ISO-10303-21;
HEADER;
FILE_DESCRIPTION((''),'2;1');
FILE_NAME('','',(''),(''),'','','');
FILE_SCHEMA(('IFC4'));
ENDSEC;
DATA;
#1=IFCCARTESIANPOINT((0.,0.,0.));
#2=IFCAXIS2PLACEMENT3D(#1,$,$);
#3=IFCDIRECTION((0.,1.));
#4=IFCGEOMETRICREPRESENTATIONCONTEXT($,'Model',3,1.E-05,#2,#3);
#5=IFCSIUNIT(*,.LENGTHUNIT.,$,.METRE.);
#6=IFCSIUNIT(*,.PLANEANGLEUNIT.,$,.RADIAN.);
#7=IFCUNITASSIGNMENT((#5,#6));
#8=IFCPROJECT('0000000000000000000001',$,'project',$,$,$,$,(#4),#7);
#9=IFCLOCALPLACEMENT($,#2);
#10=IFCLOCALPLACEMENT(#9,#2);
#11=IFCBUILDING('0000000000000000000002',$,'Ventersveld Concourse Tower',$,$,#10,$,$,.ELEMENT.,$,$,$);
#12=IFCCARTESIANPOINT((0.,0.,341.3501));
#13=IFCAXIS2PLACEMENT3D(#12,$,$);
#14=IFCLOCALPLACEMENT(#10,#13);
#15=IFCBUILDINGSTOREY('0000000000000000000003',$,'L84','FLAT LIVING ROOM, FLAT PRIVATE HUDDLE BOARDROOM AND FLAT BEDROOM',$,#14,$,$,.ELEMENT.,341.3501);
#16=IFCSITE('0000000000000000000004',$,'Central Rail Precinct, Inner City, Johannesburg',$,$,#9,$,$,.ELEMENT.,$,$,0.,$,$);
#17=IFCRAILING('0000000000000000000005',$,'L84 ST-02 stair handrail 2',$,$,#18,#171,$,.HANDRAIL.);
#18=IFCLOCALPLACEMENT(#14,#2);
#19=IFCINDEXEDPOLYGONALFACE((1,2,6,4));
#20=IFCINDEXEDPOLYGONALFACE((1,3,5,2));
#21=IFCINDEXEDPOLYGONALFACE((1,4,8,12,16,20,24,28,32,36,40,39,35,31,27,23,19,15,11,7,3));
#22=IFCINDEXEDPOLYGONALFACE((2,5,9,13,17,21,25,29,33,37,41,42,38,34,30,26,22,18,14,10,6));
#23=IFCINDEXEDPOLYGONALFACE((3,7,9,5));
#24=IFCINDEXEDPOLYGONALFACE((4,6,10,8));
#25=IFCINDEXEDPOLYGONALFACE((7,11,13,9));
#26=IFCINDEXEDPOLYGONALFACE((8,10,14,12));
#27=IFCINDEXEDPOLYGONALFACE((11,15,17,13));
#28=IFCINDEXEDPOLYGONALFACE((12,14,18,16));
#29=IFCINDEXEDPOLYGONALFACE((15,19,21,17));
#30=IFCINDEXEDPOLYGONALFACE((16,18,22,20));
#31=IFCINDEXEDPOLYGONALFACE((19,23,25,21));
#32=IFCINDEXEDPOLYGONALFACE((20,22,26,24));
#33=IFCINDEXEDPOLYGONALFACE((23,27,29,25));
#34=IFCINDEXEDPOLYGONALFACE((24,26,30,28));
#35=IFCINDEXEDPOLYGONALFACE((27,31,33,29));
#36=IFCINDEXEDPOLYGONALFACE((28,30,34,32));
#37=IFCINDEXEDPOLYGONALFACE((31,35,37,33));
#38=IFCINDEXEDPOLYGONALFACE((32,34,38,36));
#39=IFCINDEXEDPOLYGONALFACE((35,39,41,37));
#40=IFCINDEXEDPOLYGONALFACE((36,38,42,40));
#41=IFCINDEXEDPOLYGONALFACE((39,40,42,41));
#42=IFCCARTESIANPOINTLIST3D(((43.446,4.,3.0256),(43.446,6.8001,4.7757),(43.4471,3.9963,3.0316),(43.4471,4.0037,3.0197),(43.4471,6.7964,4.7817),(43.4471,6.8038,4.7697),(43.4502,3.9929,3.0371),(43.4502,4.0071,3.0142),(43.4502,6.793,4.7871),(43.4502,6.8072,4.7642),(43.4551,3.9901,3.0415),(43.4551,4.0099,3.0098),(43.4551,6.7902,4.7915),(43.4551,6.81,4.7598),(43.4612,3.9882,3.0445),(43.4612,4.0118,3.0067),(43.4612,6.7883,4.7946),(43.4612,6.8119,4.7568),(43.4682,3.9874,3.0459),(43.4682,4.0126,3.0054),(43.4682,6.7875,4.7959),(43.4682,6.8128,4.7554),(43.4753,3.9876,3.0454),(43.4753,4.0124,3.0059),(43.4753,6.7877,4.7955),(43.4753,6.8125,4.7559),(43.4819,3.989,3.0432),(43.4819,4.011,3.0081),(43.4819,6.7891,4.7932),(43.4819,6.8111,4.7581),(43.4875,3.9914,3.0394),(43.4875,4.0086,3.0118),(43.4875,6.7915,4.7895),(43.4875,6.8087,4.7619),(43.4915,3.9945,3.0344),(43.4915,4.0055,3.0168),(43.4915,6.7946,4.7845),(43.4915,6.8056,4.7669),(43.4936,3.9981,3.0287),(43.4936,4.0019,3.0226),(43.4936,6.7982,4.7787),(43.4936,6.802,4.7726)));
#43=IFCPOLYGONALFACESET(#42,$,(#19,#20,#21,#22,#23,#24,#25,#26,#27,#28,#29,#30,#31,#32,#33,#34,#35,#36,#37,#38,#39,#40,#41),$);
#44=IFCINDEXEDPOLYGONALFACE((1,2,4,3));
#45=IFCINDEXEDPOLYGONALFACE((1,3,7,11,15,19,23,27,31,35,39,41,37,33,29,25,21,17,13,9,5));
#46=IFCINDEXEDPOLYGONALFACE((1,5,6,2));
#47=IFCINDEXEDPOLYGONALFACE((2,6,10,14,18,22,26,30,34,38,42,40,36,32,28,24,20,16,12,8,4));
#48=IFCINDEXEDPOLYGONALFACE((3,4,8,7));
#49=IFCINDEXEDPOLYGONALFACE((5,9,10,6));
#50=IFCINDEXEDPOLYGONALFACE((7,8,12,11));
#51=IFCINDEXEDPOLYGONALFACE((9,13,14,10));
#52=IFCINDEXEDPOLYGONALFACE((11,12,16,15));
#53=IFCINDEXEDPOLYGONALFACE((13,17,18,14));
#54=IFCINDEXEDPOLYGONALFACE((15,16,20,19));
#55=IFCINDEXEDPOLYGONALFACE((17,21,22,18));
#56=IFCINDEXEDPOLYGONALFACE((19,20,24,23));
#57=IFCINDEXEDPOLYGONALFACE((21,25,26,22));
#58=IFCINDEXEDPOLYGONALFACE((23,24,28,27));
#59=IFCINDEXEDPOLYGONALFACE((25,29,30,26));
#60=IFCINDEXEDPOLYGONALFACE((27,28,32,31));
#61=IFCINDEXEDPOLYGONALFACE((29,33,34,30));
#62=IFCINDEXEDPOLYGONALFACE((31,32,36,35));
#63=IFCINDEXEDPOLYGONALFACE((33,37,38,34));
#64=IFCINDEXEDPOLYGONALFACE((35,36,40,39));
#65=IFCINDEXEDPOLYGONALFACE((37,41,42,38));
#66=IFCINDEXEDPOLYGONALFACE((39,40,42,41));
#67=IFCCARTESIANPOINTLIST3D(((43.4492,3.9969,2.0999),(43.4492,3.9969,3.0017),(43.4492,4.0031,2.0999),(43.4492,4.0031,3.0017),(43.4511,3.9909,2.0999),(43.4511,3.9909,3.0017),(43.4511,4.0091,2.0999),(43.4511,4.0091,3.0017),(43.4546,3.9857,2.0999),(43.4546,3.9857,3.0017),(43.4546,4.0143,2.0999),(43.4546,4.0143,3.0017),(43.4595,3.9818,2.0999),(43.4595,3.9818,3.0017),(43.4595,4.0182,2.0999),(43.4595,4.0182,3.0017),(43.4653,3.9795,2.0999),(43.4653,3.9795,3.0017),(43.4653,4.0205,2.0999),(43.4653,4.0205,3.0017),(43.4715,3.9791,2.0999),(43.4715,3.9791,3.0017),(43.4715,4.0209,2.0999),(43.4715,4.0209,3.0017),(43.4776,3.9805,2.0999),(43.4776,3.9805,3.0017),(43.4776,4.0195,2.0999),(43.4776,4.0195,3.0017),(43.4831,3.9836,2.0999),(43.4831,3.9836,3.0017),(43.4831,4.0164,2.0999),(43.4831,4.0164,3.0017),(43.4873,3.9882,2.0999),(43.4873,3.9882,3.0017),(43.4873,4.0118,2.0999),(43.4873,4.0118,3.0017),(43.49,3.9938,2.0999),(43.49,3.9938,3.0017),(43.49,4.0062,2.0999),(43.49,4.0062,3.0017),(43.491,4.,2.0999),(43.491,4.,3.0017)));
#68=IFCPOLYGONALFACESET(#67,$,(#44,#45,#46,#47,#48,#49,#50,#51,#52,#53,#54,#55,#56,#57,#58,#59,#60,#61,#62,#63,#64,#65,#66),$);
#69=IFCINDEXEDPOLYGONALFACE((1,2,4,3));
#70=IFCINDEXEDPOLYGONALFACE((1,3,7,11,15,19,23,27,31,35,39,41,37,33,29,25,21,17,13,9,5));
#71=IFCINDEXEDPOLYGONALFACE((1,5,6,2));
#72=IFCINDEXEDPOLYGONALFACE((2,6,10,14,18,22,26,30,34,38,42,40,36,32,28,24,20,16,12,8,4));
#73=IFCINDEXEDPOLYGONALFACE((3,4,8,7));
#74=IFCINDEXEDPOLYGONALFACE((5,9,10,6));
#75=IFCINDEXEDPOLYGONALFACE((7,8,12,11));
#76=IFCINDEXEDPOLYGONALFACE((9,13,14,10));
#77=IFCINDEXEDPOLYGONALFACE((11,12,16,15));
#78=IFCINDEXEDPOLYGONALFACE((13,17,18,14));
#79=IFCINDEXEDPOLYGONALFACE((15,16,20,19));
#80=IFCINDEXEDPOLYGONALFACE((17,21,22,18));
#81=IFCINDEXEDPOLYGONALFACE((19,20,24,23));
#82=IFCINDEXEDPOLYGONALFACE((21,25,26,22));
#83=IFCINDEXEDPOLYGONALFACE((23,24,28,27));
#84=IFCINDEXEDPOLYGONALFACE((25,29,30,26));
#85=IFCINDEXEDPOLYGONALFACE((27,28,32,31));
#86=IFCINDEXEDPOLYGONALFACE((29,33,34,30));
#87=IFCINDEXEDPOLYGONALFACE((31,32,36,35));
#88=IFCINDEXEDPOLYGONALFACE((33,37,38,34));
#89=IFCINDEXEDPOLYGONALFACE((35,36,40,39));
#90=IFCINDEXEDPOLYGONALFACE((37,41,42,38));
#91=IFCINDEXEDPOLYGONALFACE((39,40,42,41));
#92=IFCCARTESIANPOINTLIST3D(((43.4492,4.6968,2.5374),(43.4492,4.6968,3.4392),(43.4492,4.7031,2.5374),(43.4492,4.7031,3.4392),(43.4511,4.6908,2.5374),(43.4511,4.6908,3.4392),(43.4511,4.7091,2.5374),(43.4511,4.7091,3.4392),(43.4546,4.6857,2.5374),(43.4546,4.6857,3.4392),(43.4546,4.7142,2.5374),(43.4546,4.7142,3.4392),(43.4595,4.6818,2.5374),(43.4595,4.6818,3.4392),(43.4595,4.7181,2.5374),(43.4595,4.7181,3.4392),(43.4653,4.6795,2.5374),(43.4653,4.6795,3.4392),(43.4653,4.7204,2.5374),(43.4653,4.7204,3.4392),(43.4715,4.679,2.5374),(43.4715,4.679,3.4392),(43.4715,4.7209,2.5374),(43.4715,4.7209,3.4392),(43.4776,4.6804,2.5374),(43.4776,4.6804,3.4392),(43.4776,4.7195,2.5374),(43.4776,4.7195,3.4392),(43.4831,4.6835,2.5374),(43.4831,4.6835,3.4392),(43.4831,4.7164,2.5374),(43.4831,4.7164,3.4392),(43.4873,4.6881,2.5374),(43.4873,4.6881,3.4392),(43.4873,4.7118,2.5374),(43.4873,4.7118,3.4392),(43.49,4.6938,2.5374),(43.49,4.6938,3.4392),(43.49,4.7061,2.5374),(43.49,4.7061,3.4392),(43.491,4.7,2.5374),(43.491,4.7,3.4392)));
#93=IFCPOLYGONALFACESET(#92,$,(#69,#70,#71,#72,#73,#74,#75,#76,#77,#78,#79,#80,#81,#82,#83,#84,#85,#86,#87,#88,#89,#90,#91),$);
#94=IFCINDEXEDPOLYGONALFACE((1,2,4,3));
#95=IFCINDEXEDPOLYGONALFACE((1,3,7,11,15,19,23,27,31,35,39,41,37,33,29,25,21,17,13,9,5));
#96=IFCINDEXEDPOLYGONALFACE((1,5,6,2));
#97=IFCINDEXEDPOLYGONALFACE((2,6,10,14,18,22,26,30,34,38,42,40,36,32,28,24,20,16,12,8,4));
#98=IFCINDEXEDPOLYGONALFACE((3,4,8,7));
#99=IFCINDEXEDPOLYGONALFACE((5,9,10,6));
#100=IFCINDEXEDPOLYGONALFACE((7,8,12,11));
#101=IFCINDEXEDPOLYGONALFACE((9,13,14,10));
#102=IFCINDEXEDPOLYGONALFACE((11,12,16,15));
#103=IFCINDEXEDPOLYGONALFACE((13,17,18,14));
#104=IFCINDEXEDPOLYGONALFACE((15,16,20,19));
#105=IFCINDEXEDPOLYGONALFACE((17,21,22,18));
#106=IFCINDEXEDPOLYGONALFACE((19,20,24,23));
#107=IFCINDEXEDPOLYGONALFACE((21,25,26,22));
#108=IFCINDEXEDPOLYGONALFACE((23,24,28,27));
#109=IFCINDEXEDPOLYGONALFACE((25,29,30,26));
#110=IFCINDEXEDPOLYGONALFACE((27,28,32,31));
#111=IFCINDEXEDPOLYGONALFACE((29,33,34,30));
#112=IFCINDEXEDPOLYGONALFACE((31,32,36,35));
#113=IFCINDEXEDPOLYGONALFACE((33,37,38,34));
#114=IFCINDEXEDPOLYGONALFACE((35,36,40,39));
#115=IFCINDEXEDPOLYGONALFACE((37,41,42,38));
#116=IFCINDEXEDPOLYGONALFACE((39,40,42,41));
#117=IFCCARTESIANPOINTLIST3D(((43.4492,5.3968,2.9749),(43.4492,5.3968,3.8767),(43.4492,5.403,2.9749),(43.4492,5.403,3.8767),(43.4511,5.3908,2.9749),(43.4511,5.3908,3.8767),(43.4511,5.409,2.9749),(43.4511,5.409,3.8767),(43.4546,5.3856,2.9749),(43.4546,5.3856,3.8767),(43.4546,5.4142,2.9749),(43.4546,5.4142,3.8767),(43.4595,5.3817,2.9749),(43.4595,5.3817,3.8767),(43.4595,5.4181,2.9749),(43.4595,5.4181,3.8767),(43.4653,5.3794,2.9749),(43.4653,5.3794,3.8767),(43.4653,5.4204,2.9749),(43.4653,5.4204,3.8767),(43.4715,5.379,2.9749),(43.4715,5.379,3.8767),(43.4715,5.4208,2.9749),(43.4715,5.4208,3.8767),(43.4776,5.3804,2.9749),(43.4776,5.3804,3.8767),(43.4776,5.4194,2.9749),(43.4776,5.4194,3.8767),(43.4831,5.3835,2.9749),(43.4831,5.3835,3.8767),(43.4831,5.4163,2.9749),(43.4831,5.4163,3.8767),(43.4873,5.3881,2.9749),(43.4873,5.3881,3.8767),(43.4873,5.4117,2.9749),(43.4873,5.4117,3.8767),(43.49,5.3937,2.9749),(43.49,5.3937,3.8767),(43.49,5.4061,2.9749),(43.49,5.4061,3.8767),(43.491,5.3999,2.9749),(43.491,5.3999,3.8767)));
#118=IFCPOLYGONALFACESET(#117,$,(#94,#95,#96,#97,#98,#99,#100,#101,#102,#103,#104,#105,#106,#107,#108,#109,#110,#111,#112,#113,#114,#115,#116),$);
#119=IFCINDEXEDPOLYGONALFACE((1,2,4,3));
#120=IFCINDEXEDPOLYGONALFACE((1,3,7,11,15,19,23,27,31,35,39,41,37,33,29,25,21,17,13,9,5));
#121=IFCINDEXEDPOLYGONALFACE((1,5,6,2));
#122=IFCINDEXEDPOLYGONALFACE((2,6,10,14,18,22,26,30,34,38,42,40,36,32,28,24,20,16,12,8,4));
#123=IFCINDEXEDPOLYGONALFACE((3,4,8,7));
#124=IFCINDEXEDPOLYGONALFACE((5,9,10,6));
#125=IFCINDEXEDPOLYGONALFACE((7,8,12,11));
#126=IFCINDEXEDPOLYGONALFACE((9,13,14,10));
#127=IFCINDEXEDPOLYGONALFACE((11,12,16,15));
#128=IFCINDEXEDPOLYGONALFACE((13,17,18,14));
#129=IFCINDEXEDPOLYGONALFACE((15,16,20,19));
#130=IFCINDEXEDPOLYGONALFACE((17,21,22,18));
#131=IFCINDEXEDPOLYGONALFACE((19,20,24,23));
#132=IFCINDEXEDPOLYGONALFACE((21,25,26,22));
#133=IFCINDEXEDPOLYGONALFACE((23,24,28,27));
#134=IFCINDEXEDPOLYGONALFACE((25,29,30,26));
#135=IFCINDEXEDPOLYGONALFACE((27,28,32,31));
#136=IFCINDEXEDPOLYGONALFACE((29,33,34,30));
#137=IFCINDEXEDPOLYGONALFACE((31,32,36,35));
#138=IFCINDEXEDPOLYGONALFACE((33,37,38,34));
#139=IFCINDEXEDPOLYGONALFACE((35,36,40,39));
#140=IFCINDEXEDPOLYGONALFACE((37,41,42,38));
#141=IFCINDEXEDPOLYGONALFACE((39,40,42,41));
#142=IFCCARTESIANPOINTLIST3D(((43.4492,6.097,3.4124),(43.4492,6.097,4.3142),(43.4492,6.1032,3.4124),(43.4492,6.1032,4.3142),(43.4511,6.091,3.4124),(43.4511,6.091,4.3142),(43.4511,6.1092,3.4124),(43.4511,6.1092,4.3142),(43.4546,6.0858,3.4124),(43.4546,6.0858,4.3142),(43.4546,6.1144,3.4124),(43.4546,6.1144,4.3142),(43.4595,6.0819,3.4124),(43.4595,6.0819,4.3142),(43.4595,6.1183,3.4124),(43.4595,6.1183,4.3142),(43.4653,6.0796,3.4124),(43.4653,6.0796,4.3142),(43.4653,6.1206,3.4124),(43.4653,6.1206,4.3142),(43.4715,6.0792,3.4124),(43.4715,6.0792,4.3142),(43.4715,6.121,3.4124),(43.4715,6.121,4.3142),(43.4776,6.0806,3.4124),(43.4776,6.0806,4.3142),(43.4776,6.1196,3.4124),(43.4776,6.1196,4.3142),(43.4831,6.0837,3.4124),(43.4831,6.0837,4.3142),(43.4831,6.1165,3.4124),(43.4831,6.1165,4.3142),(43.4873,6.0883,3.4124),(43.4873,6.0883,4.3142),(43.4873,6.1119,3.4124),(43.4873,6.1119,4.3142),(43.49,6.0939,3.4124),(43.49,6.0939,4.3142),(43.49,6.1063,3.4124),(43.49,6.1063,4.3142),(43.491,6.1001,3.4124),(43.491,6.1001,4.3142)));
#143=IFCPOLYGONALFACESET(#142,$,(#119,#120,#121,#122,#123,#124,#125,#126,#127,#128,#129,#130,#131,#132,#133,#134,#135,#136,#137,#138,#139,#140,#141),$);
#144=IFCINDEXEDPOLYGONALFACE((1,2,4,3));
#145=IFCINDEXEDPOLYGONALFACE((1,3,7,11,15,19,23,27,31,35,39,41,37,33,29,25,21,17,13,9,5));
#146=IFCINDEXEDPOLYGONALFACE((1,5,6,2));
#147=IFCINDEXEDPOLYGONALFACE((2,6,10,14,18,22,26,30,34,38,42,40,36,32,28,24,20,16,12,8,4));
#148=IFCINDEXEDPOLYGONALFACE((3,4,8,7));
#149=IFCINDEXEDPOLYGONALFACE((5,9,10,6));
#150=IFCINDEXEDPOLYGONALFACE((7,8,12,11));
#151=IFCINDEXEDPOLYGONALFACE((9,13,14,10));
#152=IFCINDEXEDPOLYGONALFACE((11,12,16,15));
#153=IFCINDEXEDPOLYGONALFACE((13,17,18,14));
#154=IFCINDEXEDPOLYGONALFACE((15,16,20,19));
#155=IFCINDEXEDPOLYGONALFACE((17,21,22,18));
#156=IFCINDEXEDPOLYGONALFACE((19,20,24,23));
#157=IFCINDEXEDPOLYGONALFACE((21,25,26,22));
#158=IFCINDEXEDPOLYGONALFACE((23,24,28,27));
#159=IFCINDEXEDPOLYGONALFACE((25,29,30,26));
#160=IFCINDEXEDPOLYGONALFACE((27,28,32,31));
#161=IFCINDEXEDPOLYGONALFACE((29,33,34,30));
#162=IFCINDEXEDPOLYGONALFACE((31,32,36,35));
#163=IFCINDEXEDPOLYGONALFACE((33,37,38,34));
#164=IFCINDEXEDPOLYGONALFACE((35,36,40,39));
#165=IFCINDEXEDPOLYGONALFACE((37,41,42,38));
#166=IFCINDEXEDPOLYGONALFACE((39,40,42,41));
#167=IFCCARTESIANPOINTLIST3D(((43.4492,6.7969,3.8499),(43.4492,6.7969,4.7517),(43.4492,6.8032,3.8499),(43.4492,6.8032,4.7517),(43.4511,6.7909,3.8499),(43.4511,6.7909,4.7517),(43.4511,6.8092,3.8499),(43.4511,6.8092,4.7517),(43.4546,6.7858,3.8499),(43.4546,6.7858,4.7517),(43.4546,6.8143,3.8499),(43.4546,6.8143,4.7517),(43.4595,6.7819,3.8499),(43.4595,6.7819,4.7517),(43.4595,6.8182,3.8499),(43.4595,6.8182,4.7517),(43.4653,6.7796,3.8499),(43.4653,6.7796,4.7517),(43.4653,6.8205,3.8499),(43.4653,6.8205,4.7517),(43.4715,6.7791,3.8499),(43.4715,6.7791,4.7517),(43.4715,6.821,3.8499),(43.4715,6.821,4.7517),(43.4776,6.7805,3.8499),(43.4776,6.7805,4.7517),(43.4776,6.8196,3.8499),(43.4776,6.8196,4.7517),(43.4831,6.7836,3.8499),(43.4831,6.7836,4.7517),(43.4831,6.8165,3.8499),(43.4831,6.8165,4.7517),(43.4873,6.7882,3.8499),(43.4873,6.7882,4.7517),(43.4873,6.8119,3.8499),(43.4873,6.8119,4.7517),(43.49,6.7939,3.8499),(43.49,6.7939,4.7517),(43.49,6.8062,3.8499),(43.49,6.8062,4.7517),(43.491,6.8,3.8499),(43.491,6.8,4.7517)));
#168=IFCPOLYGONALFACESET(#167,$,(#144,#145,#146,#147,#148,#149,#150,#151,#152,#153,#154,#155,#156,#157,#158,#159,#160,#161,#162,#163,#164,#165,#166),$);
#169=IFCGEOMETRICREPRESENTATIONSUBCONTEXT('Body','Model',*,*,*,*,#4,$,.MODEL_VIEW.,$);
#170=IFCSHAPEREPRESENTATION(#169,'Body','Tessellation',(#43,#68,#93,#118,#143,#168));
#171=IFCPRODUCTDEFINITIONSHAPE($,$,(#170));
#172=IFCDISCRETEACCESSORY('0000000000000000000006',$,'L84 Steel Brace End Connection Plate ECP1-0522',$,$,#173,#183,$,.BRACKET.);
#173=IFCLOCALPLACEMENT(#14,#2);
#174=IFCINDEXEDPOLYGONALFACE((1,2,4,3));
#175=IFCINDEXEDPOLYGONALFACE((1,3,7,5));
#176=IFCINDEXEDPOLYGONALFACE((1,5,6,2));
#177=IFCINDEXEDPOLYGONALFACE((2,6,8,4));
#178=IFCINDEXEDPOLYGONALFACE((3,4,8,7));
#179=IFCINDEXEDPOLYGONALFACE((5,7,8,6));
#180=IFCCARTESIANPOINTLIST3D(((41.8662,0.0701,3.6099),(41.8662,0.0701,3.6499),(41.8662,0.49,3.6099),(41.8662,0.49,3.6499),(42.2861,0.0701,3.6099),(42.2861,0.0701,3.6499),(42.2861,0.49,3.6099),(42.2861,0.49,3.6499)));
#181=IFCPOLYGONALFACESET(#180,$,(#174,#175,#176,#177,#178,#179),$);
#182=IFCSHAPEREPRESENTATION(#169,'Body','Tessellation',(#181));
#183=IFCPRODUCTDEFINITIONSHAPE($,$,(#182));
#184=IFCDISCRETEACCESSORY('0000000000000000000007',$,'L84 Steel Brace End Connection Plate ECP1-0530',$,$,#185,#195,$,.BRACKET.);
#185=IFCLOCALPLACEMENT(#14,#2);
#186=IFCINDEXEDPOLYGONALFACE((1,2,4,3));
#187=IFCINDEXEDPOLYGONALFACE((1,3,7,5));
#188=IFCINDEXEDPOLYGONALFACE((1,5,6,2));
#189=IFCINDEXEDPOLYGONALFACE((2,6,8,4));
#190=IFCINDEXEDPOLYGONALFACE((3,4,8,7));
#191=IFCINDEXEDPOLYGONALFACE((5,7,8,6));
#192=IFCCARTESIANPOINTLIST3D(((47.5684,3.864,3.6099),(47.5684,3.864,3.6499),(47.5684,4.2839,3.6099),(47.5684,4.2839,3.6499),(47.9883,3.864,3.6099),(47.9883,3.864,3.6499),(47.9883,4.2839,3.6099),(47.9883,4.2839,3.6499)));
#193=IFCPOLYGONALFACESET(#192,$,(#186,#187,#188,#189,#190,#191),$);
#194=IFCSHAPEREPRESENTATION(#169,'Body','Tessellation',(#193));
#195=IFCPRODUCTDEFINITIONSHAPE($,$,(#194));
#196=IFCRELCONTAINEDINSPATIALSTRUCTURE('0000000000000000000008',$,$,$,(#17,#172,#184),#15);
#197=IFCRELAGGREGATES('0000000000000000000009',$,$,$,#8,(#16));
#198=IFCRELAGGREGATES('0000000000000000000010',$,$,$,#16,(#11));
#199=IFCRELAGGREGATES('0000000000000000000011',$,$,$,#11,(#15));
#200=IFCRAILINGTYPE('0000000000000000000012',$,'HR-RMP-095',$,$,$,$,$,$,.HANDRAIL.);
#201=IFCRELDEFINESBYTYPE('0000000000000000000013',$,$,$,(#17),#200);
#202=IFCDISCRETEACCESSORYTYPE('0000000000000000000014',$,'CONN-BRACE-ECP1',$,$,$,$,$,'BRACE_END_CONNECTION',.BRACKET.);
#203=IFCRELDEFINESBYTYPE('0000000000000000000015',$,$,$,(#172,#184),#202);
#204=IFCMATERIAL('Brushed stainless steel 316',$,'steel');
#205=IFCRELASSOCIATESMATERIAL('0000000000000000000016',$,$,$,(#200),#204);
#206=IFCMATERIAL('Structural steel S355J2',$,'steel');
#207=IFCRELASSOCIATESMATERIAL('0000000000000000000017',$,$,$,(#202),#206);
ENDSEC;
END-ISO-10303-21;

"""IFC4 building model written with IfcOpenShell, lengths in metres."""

from ifc_helpers import new_model, si_unit, direction, frame, origin, origin_2d, place, context, subcontext, project, spatial, rectangle, circle, extrude, material, type_object, element, save


model = new_model("IFC4")

# Units and contexts
model_context = context("Model", 3, precision=1e-05, world=origin(), true_north=direction((0.0, 1.0)))
body_context = subcontext(model_context, "Body", "Model", "MODEL_VIEW")
ifc_project = project(units=[si_unit("LENGTHUNIT", "METRE"), si_unit("PLANEANGLEUNIT", "RADIAN")], contexts=[model_context])

# Site, building, storey
site_placement = place(None, origin())
site = spatial("IfcSite", under=ifc_project, at=site_placement, Name="Central Rail Precinct, Inner City, Johannesburg", CompositionType="ELEMENT", RefElevation=0.0)
building_placement = place(site_placement, origin())
building = spatial("IfcBuilding", under=site, at=building_placement, Name="Ventersveld Concourse Tower", CompositionType="ELEMENT")
storey_placement = place(building_placement, frame((0.0, 0.0, 341.3501)))
storey = spatial("IfcBuildingStorey", under=building, at=storey_placement, Name="L84", Description="FLAT LIVING ROOM, FLAT PRIVATE HUDDLE BOARDROOM AND FLAT BEDROOM", CompositionType="ELEMENT", Elevation=341.3501)

# Shared definitions
ifc_material_1 = material(Name="Structural steel S355J2", Category="steel")

# Railing
ifc_material_2 = material(Name="Brushed stainless steel 316", Category="steel")
railing_type_1 = type_object("IfcRailingType", Name="HR-RMP-095", PredefinedType="HANDRAIL", material=ifc_material_2)
railing_1_placement = place(storey_placement, frame((43.47, 4.0, 2.0999)))
element("IfcRailing", 1, at=railing_1_placement, inside=storey, type_object=railing_type_1, Name="L84 ST-02 stair handrail 2", PredefinedType="HANDRAIL", context=body_context, shape_type="SweptSolid", body=[
    extrude(circle(Radius=0.0239, at=origin_2d()), frame((0.0, 0.0, 0.9258), z_axis=(0.0, 0.848002, 0.529992), x_axis=(-1.0, 0.0, 0.0)), (0.0, 0.0, 1.0), 3.302),
    extrude(circle(Radius=0.021, at=origin_2d()), origin(), (0.0, 0.0, 1.0), 0.9019),
    extrude(circle(Radius=0.021, at=origin_2d()), frame((0.0, 0.7, 0.4375)), (0.0, 0.0, 1.0), 0.9019),
    extrude(circle(Radius=0.021, at=origin_2d()), frame((0.0, 1.3999, 0.875)), (0.0, 0.0, 1.0), 0.9019),
    extrude(circle(Radius=0.021, at=origin_2d()), frame((0.0, 2.1001, 1.3125)), (0.0, 0.0, 1.0), 0.9019),
    extrude(circle(Radius=0.021, at=origin_2d()), frame((0.0, 2.8, 1.75)), (0.0, 0.0, 1.0), 0.9019),
])

# Discrete accessories
discrete_accessory_type = type_object("IfcDiscreteAccessoryType", Name="CONN-BRACE-ECP1", ElementType="BRACE_END_CONNECTION", PredefinedType="BRACKET", material=ifc_material_1)
for number, where, z_axis, x_axis, name in (
    (2, (42.0762, 0.28, 3.6099), (0.0, 0.0, 1.0), (1.0, 0.0, 0.0), "L84 Steel Brace End Connection Plate ECP1-0522"),
    (3, (47.7783, 4.074, 3.6099), (0.0, 0.0, 1.0), (1.0, 0.0, 0.0), "L84 Steel Brace End Connection Plate ECP1-0530"),
):
    element("IfcDiscreteAccessory", number, at=place(storey_placement, frame(where, z_axis=z_axis, x_axis=x_axis)), inside=storey, type_object=discrete_accessory_type, Name=name, PredefinedType="BRACKET", context=body_context, shape_type="SweptSolid", body=[
        extrude(rectangle(XDim=0.4199, YDim=0.4199, at=origin_2d()), origin(), (0.0, 0.0, 1.0), 0.04),
    ])

save(model, "model.ifc")
